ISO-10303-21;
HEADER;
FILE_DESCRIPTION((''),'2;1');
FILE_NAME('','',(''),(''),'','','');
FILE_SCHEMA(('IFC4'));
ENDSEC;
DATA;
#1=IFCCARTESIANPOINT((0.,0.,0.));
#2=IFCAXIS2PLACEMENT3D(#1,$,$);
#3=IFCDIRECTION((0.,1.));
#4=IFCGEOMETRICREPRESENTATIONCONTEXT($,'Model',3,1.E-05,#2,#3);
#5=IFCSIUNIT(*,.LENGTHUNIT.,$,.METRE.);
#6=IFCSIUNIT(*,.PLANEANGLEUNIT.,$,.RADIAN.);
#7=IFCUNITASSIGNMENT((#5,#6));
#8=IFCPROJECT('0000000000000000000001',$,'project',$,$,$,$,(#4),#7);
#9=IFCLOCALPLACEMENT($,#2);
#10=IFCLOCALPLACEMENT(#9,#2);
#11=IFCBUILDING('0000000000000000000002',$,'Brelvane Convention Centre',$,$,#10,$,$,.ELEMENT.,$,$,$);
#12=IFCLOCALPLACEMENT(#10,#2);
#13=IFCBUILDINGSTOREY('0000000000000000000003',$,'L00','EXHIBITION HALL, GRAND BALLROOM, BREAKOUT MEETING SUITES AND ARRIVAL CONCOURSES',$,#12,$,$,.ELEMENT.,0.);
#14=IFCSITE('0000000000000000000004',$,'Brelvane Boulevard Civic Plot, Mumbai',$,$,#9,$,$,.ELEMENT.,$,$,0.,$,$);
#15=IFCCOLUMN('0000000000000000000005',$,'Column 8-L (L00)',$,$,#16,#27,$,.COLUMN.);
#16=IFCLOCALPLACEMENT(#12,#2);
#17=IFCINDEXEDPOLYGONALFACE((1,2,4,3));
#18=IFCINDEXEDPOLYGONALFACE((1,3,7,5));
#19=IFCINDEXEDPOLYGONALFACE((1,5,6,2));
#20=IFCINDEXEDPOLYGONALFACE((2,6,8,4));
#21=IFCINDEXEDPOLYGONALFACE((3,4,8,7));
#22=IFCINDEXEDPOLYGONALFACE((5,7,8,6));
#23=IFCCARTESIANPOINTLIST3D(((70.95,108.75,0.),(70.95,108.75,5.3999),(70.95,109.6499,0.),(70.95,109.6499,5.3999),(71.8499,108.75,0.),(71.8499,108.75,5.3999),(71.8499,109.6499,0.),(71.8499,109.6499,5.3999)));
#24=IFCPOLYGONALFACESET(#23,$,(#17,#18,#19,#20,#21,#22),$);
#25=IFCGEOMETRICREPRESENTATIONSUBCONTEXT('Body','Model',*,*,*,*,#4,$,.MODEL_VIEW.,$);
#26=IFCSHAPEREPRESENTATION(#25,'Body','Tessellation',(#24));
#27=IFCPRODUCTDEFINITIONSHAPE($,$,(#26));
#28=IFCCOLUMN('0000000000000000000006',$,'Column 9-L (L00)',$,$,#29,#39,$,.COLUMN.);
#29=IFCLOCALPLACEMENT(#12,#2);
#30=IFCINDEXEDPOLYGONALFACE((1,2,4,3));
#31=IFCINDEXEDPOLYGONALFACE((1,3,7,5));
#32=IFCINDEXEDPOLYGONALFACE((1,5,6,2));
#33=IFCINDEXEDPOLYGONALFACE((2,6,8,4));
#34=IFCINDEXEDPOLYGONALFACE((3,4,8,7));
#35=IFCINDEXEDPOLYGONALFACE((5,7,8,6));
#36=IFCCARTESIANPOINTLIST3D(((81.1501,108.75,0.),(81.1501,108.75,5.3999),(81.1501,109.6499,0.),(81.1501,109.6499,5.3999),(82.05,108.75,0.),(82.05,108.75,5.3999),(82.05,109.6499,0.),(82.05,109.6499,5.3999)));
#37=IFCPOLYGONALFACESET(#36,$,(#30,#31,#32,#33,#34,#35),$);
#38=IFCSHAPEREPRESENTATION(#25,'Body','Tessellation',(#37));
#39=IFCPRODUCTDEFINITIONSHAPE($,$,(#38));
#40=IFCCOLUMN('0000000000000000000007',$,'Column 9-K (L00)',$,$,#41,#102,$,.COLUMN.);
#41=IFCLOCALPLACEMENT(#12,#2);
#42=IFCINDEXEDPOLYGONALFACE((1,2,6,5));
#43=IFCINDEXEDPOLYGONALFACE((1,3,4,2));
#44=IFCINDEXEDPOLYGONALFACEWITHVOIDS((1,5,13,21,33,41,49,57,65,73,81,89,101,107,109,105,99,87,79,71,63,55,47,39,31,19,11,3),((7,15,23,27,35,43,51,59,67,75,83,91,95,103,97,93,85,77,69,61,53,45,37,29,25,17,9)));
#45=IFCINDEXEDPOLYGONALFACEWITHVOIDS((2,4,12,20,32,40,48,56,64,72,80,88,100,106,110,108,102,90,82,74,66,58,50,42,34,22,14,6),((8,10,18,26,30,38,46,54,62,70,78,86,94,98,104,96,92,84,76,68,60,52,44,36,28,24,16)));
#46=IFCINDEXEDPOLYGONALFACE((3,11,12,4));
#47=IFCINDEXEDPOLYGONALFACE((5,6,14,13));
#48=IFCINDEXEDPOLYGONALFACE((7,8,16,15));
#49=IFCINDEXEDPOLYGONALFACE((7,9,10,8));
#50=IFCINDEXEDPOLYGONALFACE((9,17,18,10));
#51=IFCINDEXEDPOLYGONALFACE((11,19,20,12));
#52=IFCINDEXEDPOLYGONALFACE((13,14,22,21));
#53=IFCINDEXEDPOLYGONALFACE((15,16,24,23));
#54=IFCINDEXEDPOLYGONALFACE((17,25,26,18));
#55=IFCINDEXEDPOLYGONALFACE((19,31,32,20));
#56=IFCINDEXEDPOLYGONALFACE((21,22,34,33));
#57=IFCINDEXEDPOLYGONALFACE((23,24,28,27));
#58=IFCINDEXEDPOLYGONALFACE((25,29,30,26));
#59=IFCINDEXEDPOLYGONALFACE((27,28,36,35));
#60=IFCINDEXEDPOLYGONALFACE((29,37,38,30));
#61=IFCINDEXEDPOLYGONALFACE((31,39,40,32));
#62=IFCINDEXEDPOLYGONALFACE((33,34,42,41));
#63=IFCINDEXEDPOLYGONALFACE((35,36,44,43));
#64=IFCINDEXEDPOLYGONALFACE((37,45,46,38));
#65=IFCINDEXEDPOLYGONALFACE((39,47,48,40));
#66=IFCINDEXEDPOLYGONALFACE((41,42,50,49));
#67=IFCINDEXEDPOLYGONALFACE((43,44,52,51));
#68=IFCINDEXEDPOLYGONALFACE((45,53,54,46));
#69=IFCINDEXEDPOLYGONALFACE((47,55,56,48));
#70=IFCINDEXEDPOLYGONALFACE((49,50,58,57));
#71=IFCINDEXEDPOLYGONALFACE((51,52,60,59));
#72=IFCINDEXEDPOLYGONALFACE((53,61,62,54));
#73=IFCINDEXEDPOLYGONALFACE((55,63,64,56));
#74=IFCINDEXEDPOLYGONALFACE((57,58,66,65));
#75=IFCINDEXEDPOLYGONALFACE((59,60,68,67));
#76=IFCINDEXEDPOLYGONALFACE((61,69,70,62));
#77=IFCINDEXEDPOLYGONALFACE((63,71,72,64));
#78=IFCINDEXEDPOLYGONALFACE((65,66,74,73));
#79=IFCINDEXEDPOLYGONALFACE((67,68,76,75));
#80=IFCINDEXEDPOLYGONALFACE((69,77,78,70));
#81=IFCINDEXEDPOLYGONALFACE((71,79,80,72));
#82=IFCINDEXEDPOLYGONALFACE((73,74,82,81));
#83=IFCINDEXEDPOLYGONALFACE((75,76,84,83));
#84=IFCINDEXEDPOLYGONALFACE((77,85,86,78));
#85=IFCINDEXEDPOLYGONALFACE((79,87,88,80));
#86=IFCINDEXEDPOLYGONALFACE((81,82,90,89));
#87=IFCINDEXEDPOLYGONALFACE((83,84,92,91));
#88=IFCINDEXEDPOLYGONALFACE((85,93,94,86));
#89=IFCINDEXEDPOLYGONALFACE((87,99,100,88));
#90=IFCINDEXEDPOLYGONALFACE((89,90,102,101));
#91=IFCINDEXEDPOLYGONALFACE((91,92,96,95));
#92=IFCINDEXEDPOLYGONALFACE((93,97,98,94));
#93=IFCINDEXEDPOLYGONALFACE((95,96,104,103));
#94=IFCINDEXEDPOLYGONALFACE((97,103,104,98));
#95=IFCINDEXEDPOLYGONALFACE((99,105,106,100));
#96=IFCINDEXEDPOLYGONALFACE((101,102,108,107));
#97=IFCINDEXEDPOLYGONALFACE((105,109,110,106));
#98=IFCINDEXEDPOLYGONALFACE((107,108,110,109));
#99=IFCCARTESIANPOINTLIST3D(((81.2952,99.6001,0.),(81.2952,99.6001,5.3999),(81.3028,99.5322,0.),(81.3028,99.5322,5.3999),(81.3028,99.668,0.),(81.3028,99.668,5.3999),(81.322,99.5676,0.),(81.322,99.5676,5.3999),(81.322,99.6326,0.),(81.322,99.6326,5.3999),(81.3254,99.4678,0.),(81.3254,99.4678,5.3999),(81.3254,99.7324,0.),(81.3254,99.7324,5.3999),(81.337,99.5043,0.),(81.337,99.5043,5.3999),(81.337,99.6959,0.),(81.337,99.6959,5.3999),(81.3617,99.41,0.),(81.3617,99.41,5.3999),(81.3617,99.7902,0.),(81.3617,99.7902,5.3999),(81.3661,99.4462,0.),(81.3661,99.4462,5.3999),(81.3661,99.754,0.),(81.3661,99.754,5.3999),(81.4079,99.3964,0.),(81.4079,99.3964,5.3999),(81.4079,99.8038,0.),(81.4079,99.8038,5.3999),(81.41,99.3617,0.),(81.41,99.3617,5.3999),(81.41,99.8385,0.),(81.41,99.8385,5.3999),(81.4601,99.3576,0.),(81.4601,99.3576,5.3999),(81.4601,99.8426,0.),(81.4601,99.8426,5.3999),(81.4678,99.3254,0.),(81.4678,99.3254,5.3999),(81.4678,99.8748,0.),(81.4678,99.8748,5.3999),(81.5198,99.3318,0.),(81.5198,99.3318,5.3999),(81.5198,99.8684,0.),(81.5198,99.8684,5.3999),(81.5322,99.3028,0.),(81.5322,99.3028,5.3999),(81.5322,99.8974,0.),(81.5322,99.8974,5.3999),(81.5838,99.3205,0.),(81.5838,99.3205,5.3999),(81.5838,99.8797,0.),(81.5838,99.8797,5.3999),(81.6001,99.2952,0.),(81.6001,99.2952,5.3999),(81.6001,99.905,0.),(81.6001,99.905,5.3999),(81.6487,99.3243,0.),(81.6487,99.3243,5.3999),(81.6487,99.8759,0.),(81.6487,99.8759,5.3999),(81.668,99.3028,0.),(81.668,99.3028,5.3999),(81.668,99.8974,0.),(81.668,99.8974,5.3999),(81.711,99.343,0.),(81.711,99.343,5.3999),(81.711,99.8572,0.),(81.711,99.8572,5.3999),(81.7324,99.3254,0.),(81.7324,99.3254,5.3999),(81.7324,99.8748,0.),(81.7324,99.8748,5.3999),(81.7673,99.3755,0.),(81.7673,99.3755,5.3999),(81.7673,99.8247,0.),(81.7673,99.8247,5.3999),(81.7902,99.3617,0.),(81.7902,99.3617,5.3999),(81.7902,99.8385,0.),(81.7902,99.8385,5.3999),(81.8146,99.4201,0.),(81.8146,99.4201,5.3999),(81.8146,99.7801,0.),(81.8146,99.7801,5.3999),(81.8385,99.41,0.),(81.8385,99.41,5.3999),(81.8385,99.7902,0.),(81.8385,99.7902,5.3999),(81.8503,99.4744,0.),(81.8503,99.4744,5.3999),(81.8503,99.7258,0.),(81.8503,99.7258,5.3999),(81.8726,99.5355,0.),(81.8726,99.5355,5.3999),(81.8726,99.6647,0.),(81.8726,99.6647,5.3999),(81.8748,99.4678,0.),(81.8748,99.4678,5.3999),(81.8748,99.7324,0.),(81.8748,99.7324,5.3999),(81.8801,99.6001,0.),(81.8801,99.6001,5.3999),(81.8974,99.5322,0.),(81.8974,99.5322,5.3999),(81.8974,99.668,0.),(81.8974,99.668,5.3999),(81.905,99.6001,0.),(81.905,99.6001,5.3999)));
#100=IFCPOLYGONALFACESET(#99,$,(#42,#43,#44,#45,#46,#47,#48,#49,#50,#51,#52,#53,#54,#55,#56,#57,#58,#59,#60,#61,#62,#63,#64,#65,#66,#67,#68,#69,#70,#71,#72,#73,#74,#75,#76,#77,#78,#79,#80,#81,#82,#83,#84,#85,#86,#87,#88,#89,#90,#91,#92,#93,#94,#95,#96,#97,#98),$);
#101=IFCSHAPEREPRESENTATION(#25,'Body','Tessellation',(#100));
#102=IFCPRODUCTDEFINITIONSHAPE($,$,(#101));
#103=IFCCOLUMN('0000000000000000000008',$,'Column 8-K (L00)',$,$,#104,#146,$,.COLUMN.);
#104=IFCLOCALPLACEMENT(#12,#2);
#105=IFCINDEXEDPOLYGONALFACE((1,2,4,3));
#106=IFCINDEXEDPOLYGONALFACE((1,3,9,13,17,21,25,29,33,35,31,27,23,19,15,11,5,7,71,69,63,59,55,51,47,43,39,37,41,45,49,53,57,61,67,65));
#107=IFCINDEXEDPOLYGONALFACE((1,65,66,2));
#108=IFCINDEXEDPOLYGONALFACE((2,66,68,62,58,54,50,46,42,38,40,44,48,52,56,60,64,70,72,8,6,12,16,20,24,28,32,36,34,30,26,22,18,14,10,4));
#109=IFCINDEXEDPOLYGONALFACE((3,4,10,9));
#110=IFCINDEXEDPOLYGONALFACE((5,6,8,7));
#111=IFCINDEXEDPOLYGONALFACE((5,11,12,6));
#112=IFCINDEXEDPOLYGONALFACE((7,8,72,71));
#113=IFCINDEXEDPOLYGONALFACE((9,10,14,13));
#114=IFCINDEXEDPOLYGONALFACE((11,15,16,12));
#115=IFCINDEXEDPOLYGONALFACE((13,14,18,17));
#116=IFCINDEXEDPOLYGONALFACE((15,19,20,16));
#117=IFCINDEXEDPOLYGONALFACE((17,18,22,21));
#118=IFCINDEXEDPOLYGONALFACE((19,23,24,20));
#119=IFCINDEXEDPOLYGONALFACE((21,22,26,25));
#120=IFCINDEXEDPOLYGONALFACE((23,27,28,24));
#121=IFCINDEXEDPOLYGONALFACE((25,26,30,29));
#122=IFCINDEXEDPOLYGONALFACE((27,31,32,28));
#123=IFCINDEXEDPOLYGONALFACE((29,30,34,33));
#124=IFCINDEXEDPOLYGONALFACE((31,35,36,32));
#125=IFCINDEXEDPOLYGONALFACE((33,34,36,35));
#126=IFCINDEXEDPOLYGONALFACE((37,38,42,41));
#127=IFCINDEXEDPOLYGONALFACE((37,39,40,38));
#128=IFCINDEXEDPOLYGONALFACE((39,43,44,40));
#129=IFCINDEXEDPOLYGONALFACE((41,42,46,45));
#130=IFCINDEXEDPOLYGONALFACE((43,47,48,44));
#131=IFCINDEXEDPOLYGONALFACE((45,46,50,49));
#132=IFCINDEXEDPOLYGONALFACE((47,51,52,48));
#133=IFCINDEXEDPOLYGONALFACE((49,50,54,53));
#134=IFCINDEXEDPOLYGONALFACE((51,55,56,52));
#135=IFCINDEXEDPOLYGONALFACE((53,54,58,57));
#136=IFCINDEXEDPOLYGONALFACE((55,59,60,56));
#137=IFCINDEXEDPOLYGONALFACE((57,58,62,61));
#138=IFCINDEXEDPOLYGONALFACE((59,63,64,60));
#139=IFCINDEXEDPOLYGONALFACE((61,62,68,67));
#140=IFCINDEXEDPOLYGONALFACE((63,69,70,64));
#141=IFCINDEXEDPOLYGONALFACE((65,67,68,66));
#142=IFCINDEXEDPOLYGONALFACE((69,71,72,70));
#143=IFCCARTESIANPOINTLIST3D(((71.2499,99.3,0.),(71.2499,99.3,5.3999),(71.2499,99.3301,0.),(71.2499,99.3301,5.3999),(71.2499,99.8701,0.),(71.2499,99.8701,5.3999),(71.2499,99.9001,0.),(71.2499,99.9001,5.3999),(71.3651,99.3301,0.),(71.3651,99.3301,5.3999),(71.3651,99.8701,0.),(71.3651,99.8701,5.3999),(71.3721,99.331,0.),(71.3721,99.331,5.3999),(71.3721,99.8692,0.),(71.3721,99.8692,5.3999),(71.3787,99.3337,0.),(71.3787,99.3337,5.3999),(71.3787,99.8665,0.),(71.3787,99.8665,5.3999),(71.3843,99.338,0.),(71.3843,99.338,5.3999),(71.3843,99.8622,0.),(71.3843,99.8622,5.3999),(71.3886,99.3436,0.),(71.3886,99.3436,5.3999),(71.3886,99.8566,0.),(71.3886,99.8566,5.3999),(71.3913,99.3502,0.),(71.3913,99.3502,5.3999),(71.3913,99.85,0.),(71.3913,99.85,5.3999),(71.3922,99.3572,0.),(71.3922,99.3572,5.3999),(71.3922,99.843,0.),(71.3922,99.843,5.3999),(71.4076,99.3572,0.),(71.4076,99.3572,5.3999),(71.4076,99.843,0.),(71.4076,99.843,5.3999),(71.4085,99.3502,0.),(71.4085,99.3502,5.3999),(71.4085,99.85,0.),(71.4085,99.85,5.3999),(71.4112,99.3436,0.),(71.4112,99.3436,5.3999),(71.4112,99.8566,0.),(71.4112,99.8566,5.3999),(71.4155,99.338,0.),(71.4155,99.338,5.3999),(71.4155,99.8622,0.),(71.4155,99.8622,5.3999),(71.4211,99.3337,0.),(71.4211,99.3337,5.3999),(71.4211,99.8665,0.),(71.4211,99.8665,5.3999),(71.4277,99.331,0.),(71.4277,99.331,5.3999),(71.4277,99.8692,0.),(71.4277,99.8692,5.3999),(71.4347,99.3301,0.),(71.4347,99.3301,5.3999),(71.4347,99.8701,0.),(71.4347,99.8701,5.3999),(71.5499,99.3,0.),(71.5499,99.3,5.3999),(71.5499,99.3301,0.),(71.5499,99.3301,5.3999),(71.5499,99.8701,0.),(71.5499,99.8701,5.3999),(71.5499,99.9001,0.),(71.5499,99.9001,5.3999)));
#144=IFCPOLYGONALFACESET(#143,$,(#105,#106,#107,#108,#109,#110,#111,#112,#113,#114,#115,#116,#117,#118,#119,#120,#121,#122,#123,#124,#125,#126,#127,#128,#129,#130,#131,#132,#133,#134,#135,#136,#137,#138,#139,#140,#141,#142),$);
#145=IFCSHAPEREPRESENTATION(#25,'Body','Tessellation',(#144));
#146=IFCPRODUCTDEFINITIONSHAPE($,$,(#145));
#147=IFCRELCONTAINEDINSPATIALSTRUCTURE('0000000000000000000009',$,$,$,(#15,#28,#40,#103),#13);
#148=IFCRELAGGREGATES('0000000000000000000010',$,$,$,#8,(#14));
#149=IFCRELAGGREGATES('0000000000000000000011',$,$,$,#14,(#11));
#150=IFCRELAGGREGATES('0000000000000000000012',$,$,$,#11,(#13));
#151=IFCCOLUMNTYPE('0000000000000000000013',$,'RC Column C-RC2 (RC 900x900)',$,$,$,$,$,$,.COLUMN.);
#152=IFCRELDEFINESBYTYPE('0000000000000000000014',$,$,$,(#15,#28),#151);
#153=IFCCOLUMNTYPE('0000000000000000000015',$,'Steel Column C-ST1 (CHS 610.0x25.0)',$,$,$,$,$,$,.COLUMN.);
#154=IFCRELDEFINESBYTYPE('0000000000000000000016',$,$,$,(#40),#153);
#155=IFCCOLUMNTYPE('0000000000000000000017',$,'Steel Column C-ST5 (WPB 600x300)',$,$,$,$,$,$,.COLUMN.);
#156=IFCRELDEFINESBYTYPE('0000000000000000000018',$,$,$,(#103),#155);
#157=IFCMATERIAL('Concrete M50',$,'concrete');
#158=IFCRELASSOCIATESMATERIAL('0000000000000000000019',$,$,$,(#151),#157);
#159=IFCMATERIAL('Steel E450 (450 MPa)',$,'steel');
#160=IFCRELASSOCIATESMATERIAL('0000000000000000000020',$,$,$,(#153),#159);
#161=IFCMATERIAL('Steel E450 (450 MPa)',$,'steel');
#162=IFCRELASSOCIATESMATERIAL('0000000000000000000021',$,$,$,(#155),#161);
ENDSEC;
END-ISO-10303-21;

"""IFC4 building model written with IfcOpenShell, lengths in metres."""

from ifc_helpers import new_model, si_unit, direction, frame, origin, origin_2d, place, context, subcontext, project, spatial, rectangle, hollow_circle, i_section, extrude, material, material_profile, profile_set, type_object, element, save


model = new_model("IFC4")

# Units and contexts
model_context = context("Model", 3, precision=1e-05, world=origin(), true_north=direction((0.0, 1.0)))
body_context = subcontext(model_context, "Body", "Model", "MODEL_VIEW")
ifc_project = project(units=[si_unit("LENGTHUNIT", "METRE"), si_unit("PLANEANGLEUNIT", "RADIAN")], contexts=[model_context])

# Site, building, storey
site_placement = place(None, origin())
site = spatial("IfcSite", under=ifc_project, at=site_placement, Name="Brelvane Boulevard Civic Plot, Mumbai", CompositionType="ELEMENT", RefElevation=0.0)
building_placement = place(site_placement, origin())
building = spatial("IfcBuilding", under=site, at=building_placement, Name="Brelvane Convention Centre", CompositionType="ELEMENT")
storey_placement = place(building_placement, origin())
storey = spatial("IfcBuildingStorey", under=building, at=storey_placement, Name="L00", Description="EXHIBITION HALL, GRAND BALLROOM, BREAKOUT MEETING SUITES AND ARRIVAL CONCOURSES", CompositionType="ELEMENT", Elevation=0.0)

# Columns
ifc_material_1 = material(Name="Concrete M50", Category="concrete")
ifc_material_profile_1 = material_profile(ifc_material_1, rectangle(XDim=0.8999, YDim=0.8999, at=origin_2d()), Name="RC 900x900")
ifc_profile_set_1 = profile_set([ifc_material_profile_1], Name="Concrete M50")
column_type_1 = type_object("IfcColumnType", Name="RC Column C-RC2 (RC 900x900)", PredefinedType="COLUMN", material=ifc_profile_set_1)
for number, where, z_axis, x_axis, name in (
    (1, (71.3999, 109.2, 0.0), (0.0, 0.0, 1.0), (1.0, 0.0, 0.0), "Column 8-L (L00)"),
    (2, (81.6001, 109.2, 0.0), (0.0, 0.0, 1.0), (1.0, 0.0, 0.0), "Column 9-L (L00)"),
):
    element("IfcColumn", number, at=place(storey_placement, frame(where, z_axis=z_axis, x_axis=x_axis)), inside=storey, type_object=column_type_1, Name=name, PredefinedType="COLUMN", context=body_context, shape_type="SweptSolid", body=[
        extrude(rectangle(XDim=0.8999, YDim=0.8999, at=origin_2d()), origin(), (0.0, 0.0, 1.0), 5.3999),
    ])
ifc_material_2 = material(Name="Steel E450 (450 MPa)", Category="steel")
ifc_material_profile_2 = material_profile(ifc_material_2, hollow_circle(Radius=0.3049, WallThickness=0.0249, at=origin_2d()), Name="CHS 610.0x25.0")
ifc_profile_set_2 = profile_set([ifc_material_profile_2], Name="Steel E450 (450 MPa)")
column_type_2 = type_object("IfcColumnType", Name="Steel Column C-ST1 (CHS 610.0x25.0)", PredefinedType="COLUMN", material=ifc_profile_set_2)
column_1_placement = place(storey_placement, frame((81.6001, 99.6001, 0.0), z_axis=(0.0, 0.0, 1.0), x_axis=(1.0, 0.0, 0.0)))
element("IfcColumn", 3, at=column_1_placement, inside=storey, type_object=column_type_2, Name="Column 9-K (L00)", PredefinedType="COLUMN", context=body_context, shape_type="SweptSolid", body=[
    extrude(hollow_circle(Radius=0.3049, WallThickness=0.0249, at=origin_2d()), origin(), (0.0, 0.0, 1.0), 5.3999),
])
ifc_material_3 = material(Name="Steel E450 (450 MPa)", Category="steel")
ifc_material_profile_3 = material_profile(ifc_material_3, i_section(OverallWidth=0.3, OverallDepth=0.6001, WebThickness=0.0154, FlangeThickness=0.03, FilletRadius=0.0271, at=origin_2d()), Name="WPB 600x300")
ifc_profile_set_3 = profile_set([ifc_material_profile_3], Name="Steel E450 (450 MPa)")
column_type_3 = type_object("IfcColumnType", Name="Steel Column C-ST5 (WPB 600x300)", PredefinedType="COLUMN", material=ifc_profile_set_3)
column_2_placement = place(storey_placement, frame((71.3999, 99.6001, 0.0), z_axis=(0.0, 0.0, 1.0), x_axis=(1.0, 0.0, 0.0)))
element("IfcColumn", 4, at=column_2_placement, inside=storey, type_object=column_type_3, Name="Column 8-K (L00)", PredefinedType="COLUMN", context=body_context, shape_type="SweptSolid", body=[
    extrude(i_section(OverallWidth=0.3, OverallDepth=0.6001, WebThickness=0.0154, FlangeThickness=0.03, FilletRadius=0.0271, at=origin_2d()), origin(), (0.0, 0.0, 1.0), 5.3999),
])

save(model, "model.ifc")
